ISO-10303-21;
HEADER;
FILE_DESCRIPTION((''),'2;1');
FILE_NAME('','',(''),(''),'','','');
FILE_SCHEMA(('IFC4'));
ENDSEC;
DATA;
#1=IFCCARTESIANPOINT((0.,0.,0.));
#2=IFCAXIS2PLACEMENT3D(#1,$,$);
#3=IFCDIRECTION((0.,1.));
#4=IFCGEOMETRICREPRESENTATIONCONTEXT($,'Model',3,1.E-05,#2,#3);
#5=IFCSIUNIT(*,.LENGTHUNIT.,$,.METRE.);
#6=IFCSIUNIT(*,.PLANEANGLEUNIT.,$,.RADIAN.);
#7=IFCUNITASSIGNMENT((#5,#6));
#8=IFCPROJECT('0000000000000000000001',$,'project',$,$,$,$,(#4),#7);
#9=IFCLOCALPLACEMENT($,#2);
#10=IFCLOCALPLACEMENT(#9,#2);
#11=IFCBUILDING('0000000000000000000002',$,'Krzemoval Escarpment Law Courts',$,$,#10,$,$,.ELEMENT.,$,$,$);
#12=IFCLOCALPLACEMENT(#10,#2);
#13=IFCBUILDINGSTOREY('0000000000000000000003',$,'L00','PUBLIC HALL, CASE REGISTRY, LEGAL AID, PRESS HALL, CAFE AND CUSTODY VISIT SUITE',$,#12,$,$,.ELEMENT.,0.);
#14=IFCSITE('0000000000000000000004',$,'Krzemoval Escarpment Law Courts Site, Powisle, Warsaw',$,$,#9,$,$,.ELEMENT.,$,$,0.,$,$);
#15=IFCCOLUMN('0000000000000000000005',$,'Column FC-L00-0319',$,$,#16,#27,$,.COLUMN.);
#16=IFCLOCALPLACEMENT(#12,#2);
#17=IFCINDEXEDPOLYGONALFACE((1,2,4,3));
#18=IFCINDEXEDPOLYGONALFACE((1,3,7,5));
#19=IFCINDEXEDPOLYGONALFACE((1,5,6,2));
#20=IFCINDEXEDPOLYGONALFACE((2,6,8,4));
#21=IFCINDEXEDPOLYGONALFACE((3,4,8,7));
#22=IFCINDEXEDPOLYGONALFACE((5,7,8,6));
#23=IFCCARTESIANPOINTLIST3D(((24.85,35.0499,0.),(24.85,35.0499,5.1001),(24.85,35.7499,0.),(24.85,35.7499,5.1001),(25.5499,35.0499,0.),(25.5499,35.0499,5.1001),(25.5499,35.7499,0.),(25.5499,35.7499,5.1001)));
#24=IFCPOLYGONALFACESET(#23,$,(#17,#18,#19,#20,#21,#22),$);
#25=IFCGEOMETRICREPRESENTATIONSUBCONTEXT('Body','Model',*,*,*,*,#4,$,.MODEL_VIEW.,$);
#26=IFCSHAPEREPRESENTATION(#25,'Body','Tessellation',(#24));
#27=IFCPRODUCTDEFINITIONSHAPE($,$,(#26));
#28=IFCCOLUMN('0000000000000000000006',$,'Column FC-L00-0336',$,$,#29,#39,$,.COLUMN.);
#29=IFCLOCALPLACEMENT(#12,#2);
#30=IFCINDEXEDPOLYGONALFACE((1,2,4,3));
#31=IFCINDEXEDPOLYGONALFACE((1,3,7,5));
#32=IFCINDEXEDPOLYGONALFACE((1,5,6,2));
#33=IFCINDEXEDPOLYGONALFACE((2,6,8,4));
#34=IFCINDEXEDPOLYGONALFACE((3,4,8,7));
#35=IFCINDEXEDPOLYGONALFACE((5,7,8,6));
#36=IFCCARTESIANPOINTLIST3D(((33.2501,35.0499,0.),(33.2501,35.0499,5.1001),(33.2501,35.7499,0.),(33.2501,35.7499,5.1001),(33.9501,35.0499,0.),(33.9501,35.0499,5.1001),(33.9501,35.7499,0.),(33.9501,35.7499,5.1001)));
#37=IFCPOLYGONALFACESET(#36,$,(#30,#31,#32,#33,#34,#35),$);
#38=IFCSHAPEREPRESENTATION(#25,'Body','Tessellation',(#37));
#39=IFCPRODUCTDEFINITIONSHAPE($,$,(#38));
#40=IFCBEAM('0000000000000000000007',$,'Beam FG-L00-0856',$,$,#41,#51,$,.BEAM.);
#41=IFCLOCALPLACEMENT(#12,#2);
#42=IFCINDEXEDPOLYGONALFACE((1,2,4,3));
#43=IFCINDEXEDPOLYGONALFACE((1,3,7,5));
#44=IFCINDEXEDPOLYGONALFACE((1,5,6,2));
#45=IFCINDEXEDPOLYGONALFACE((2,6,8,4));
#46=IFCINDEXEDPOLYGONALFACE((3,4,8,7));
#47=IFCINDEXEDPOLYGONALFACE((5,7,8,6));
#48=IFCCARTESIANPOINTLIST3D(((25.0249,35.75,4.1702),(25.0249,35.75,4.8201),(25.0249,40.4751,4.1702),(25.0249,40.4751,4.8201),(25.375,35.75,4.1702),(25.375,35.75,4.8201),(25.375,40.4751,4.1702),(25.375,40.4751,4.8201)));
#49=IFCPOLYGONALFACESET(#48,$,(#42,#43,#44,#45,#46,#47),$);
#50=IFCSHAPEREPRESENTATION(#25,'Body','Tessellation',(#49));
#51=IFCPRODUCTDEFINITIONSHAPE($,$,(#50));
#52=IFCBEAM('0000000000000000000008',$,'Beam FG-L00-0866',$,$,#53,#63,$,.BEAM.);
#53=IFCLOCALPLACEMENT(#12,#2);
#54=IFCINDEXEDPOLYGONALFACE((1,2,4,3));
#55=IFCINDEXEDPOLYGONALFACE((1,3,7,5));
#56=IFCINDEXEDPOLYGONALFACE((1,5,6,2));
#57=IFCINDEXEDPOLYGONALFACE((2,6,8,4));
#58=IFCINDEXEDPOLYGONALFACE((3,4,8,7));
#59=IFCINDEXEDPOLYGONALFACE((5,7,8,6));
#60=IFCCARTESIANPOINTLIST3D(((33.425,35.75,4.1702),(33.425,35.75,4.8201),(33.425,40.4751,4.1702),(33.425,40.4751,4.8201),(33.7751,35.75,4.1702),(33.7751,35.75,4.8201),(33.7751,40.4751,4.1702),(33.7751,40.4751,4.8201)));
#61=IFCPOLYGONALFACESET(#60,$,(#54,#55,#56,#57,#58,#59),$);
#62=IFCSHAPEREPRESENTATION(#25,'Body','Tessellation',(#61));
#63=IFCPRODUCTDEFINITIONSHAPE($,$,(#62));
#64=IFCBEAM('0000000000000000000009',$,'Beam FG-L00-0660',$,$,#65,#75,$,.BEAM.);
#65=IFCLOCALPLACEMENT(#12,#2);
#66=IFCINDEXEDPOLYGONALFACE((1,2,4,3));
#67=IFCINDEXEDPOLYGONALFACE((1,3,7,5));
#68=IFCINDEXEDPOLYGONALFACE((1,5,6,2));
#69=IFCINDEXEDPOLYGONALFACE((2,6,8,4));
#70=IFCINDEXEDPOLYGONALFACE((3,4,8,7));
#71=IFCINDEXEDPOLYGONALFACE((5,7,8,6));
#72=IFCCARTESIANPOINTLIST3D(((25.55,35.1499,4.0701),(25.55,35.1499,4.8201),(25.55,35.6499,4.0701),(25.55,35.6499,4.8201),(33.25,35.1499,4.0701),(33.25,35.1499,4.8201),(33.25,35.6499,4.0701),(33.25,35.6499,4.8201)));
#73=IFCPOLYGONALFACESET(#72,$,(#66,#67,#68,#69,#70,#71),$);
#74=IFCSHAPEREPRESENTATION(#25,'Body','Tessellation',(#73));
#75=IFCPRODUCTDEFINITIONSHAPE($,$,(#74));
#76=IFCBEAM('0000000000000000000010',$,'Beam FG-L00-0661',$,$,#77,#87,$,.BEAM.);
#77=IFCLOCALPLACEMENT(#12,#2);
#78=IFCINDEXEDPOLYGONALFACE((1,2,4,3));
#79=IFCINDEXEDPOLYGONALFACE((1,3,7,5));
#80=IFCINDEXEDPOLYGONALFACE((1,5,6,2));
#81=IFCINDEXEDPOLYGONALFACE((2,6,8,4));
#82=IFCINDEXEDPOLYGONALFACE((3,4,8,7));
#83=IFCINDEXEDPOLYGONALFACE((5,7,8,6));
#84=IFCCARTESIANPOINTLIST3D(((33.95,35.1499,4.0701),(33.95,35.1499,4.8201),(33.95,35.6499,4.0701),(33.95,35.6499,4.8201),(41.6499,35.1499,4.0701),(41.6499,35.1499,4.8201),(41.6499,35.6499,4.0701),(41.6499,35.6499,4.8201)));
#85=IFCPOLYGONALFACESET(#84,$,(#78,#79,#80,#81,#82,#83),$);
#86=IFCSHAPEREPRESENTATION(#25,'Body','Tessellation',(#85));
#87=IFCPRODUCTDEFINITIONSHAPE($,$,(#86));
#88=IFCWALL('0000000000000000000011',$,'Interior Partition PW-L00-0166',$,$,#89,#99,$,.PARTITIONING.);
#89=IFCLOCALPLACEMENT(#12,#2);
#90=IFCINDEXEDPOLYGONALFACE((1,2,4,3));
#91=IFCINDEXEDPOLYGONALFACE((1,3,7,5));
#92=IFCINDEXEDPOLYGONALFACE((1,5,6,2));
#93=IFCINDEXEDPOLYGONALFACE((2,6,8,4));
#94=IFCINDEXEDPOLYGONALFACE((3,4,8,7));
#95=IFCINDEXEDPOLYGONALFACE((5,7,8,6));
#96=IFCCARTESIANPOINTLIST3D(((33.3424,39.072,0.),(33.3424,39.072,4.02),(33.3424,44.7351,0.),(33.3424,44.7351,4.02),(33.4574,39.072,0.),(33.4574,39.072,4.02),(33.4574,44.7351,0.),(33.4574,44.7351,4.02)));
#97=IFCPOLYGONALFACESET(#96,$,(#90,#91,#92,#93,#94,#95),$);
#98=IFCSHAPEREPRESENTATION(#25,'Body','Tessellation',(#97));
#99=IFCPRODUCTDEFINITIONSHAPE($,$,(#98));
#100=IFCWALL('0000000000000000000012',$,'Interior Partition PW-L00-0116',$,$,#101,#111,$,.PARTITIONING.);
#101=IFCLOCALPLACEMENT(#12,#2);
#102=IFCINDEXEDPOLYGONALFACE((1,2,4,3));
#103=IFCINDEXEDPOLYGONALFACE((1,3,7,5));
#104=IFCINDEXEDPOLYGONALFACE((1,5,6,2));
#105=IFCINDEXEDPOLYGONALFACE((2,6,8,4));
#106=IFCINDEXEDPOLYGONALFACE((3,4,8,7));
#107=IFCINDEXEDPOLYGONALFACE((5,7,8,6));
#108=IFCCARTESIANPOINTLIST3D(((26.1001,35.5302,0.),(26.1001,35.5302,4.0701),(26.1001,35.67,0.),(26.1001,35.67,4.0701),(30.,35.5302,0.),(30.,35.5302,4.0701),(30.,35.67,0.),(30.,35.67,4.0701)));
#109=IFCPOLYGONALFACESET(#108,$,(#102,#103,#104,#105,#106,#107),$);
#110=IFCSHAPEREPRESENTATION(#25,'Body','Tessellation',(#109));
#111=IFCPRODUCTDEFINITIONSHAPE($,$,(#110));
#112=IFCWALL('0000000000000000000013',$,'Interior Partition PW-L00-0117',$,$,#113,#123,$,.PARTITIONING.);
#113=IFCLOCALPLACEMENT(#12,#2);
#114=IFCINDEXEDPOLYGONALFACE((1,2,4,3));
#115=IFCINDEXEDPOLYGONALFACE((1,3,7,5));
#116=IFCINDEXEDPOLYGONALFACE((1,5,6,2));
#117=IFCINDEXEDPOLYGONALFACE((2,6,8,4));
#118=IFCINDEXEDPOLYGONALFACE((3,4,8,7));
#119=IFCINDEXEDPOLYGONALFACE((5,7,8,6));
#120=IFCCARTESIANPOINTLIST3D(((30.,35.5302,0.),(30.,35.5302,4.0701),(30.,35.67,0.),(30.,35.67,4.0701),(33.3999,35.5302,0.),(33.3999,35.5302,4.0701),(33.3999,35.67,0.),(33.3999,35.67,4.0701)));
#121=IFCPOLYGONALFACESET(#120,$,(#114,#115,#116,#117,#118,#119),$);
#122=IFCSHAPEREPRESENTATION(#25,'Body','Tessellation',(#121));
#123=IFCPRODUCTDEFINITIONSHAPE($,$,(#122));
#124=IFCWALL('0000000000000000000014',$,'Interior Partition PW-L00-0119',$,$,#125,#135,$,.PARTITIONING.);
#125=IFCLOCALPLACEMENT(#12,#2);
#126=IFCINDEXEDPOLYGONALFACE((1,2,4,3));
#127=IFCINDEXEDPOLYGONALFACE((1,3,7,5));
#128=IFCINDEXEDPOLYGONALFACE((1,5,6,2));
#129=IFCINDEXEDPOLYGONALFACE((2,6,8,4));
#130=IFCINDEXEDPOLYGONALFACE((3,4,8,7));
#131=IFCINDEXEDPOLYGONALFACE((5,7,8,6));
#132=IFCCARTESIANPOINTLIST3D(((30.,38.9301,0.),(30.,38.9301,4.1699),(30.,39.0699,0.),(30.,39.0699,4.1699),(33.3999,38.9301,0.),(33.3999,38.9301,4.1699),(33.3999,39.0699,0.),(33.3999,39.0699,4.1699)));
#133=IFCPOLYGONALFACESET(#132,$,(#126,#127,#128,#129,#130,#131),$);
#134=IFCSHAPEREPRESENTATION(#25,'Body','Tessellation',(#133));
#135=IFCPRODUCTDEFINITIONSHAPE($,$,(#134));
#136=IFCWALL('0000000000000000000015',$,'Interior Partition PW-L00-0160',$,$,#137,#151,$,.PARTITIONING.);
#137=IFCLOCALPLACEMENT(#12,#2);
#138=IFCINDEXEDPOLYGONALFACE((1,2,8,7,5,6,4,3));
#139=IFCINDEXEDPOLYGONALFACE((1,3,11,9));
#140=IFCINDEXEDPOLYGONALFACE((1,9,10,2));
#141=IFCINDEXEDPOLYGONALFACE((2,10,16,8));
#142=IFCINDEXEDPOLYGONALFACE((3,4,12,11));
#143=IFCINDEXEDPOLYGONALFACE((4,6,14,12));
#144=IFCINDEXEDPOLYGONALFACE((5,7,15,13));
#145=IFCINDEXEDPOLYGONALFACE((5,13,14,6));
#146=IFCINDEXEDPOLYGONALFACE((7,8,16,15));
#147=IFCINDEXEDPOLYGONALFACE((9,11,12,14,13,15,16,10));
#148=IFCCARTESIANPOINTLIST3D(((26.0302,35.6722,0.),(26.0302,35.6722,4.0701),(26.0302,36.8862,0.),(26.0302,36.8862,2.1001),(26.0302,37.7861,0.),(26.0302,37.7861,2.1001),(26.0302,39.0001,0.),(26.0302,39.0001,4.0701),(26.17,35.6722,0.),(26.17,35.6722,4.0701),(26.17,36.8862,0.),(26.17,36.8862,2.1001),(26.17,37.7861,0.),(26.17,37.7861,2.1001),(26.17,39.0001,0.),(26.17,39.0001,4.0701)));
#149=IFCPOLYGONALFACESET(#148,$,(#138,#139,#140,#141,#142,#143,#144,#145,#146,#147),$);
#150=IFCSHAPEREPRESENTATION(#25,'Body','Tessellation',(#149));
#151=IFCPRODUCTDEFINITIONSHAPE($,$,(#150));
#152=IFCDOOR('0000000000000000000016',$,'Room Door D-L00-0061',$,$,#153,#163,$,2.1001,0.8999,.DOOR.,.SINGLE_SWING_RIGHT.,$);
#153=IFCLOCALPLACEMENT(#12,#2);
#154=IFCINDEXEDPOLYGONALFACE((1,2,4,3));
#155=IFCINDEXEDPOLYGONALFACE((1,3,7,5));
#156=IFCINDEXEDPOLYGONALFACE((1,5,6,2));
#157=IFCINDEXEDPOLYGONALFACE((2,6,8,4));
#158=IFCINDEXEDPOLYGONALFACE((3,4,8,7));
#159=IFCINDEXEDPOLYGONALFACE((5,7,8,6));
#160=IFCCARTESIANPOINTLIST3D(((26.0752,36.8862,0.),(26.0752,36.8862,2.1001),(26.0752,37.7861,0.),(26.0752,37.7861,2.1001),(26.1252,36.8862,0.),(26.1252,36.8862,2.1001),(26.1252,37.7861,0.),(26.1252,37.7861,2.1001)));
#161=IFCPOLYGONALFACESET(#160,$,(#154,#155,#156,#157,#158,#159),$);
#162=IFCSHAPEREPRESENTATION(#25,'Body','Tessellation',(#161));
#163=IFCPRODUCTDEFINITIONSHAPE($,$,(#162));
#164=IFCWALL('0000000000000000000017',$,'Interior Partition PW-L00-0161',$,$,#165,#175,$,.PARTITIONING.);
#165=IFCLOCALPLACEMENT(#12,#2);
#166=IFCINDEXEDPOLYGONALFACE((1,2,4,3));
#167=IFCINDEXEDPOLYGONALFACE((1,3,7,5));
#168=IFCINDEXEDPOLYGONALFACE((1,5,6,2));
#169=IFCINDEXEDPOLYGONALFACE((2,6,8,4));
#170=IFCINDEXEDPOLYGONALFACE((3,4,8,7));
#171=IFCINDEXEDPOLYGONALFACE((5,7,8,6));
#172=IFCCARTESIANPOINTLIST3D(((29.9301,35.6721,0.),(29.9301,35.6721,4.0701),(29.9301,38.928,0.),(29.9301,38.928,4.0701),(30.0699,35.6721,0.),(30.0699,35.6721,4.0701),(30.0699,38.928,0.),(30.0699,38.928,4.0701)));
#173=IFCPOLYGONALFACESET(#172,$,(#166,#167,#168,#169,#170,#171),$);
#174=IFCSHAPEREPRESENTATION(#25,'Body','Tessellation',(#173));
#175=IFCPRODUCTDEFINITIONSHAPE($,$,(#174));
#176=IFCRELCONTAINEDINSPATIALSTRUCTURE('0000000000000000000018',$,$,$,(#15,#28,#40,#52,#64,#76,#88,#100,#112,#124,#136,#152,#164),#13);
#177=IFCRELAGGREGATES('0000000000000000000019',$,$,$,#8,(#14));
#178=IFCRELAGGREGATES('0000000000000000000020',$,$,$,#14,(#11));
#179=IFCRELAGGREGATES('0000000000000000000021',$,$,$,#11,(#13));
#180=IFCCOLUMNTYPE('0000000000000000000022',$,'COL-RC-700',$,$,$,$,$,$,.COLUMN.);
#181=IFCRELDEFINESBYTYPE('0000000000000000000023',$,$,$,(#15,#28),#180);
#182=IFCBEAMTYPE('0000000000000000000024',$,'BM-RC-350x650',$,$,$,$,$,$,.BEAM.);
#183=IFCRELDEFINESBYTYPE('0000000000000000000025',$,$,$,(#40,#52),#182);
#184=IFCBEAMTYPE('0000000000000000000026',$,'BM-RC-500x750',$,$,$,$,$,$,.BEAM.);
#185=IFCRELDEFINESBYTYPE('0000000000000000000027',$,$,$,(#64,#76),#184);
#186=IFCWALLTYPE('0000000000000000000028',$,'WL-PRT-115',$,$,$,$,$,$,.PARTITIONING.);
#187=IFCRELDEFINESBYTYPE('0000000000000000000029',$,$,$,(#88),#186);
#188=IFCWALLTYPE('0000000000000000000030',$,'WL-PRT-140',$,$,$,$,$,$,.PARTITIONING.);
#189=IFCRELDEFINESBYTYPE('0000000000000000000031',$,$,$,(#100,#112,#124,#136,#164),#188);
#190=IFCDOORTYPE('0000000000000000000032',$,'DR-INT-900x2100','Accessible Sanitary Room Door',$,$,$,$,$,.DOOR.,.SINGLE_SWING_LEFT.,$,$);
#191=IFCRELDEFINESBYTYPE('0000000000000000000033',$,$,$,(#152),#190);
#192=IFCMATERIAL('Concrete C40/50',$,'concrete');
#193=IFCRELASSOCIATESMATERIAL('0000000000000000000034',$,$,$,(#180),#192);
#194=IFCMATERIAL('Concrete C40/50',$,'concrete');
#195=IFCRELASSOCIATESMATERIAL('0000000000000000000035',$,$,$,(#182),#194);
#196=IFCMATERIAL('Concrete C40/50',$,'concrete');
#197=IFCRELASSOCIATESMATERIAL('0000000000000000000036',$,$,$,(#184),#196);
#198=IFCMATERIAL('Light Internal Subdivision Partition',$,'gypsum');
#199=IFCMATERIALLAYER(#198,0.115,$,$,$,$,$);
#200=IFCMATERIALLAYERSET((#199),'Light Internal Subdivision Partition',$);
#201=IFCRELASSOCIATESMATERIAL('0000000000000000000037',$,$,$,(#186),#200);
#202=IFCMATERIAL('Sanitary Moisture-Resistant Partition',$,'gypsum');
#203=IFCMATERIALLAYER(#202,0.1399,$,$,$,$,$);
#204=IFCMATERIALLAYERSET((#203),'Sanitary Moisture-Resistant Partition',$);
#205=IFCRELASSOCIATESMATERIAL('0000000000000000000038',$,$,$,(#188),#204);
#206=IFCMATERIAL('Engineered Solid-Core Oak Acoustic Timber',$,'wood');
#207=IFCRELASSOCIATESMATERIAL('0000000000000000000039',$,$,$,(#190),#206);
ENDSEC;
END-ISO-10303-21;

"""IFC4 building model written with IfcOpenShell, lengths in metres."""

from ifc_helpers import new_model, si_unit, direction, frame, frame_2d, origin, origin_2d, place, context, subcontext, project, spatial, rectangle, extrude, material, layer, layer_set, material_profile, profile_set, type_object, element, fill, save


model = new_model("IFC4")

# Units and contexts
model_context = context("Model", 3, precision=1e-05, world=origin(), true_north=direction((0.0, 1.0)))
body_context = subcontext(model_context, "Body", "Model", "MODEL_VIEW")
ifc_project = project(units=[si_unit("LENGTHUNIT", "METRE"), si_unit("PLANEANGLEUNIT", "RADIAN")], contexts=[model_context])

# Site, building, storey
site_placement = place(None, origin())
site = spatial("IfcSite", under=ifc_project, at=site_placement, Name="Krzemoval Escarpment Law Courts Site, Powisle, Warsaw", CompositionType="ELEMENT", RefElevation=0.0)
building_placement = place(site_placement, origin())
building = spatial("IfcBuilding", under=site, at=building_placement, Name="Krzemoval Escarpment Law Courts", CompositionType="ELEMENT")
storey_placement = place(building_placement, origin())
storey = spatial("IfcBuildingStorey", under=building, at=storey_placement, Name="L00", Description="PUBLIC HALL, CASE REGISTRY, LEGAL AID, PRESS HALL, CAFE AND CUSTODY VISIT SUITE", CompositionType="ELEMENT", Elevation=0.0)

# Columns
ifc_material_1 = material(Name="Concrete C40/50", Category="concrete")
ifc_material_profile_1 = material_profile(ifc_material_1, rectangle(XDim=0.7, YDim=0.7, at=origin_2d()), Name="RC 700x700")
ifc_profile_set_1 = profile_set([ifc_material_profile_1], Name="Concrete C40/50")
column_type = type_object("IfcColumnType", Name="COL-RC-700", PredefinedType="COLUMN", material=ifc_profile_set_1)
for number, where, z_axis, x_axis, name in (
    (1, (25.2, 35.3999, 0.0), (0.0, 0.0, 1.0), (1.0, 0.0, 0.0), "Column FC-L00-0319"),
    (2, (33.6001, 35.3999, 0.0), (0.0, 0.0, 1.0), (1.0, 0.0, 0.0), "Column FC-L00-0336"),
):
    element("IfcColumn", number, at=place(storey_placement, frame(where, z_axis=z_axis, x_axis=x_axis)), inside=storey, type_object=column_type, Name=name, PredefinedType="COLUMN", context=body_context, shape_type="SweptSolid", body=[
        extrude(rectangle(XDim=0.7, YDim=0.7, at=origin_2d()), origin(), (0.0, 0.0, 1.0), 5.1001),
    ])

# Beams
ifc_material_2 = material(Name="Concrete C40/50", Category="concrete")
ifc_material_profile_2 = material_profile(ifc_material_2, rectangle(XDim=0.3501, YDim=0.6499, at=origin_2d()), Name="RCB 350x650")
ifc_profile_set_2 = profile_set([ifc_material_profile_2], Name="Concrete C40/50")
beam_type_1 = type_object("IfcBeamType", Name="BM-RC-350x650", PredefinedType="BEAM", material=ifc_profile_set_2)
for number, where, z_axis, x_axis, name in (
    (3, (25.2, 35.75, 4.4951), (0.0, 1.0, 0.0), (-1.0, 0.0, 0.0), "Beam FG-L00-0856"),
    (4, (33.6001, 35.75, 4.4951), (0.0, 1.0, 0.0), (-1.0, 0.0, 0.0), "Beam FG-L00-0866"),
):
    element("IfcBeam", number, at=place(storey_placement, frame(where, z_axis=z_axis, x_axis=x_axis)), inside=storey, type_object=beam_type_1, Name=name, PredefinedType="BEAM", context=body_context, shape_type="SweptSolid", body=[
        extrude(rectangle(XDim=0.3501, YDim=0.6499, at=origin_2d()), origin(), (0.0, 0.0, 1.0), 4.7251),
    ])
ifc_material_3 = material(Name="Concrete C40/50", Category="concrete")
ifc_material_profile_3 = material_profile(ifc_material_3, rectangle(XDim=0.5, YDim=0.75, at=origin_2d()), Name="RCB 500x750")
ifc_profile_set_3 = profile_set([ifc_material_profile_3], Name="Concrete C40/50")
beam_type_2 = type_object("IfcBeamType", Name="BM-RC-500x750", PredefinedType="BEAM", material=ifc_profile_set_3)
for number, where, z_axis, x_axis, name in (
    (5, (25.55, 35.3999, 4.4451), (1.0, 0.0, 0.0), (0.0, 1.0, 0.0), "Beam FG-L00-0660"),
    (6, (33.95, 35.3999, 4.4451), (1.0, 0.0, 0.0), (0.0, 1.0, 0.0), "Beam FG-L00-0661"),
):
    element("IfcBeam", number, at=place(storey_placement, frame(where, z_axis=z_axis, x_axis=x_axis)), inside=storey, type_object=beam_type_2, Name=name, PredefinedType="BEAM", context=body_context, shape_type="SweptSolid", body=[
        extrude(rectangle(XDim=0.5, YDim=0.75, at=origin_2d()), origin(), (0.0, 0.0, 1.0), 7.7),
    ])

# Walls
ifc_material_4 = material(Name="Light Internal Subdivision Partition", Category="gypsum")
ifc_layer_1 = layer(ifc_material_4, 0.115)
ifc_layer_set_1 = layer_set([ifc_layer_1], Name="Light Internal Subdivision Partition")
wall_type_1 = type_object("IfcWallType", Name="WL-PRT-115", PredefinedType="PARTITIONING", material=ifc_layer_set_1)
wall_1_placement = place(storey_placement, frame((33.3999, 39.072, 0.0), z_axis=(0.0, 0.0, 1.0), x_axis=(0.0, 1.0, 0.0)))
element("IfcWall", 7, at=wall_1_placement, inside=storey, type_object=wall_type_1, Name="Interior Partition PW-L00-0166", PredefinedType="PARTITIONING", context=body_context, shape_type="SweptSolid", body=[
    extrude(rectangle(XDim=5.6631, YDim=0.115, at=frame_2d((2.8315, 0.0))), origin(), (0.0, 0.0, 1.0), 4.02),
])
ifc_material_5 = material(Name="Sanitary Moisture-Resistant Partition", Category="gypsum")
ifc_layer_2 = layer(ifc_material_5, 0.1399)
ifc_layer_set_2 = layer_set([ifc_layer_2], Name="Sanitary Moisture-Resistant Partition")
wall_type_2 = type_object("IfcWallType", Name="WL-PRT-140", PredefinedType="PARTITIONING", material=ifc_layer_set_2)
wall_2_placement = place(storey_placement, frame((26.1001, 35.6001, 0.0), z_axis=(0.0, 0.0, 1.0), x_axis=(1.0, 0.0, 0.0)))
element("IfcWall", 8, at=wall_2_placement, inside=storey, type_object=wall_type_2, Name="Interior Partition PW-L00-0116", PredefinedType="PARTITIONING", context=body_context, shape_type="SweptSolid", body=[
    extrude(rectangle(XDim=3.8999, YDim=0.1399, at=frame_2d((1.95, 0.0))), origin(), (0.0, 0.0, 1.0), 4.0701),
])
wall_3_placement = place(storey_placement, frame((30.0, 35.6001, 0.0), z_axis=(0.0, 0.0, 1.0), x_axis=(1.0, 0.0, 0.0)))
element("IfcWall", 9, at=wall_3_placement, inside=storey, type_object=wall_type_2, Name="Interior Partition PW-L00-0117", PredefinedType="PARTITIONING", context=body_context, shape_type="SweptSolid", body=[
    extrude(rectangle(XDim=3.3999, YDim=0.1399, at=frame_2d((1.7, 0.0))), origin(), (0.0, 0.0, 1.0), 4.0701),
])
wall_4_placement = place(storey_placement, frame((30.0, 39.0, 0.0), z_axis=(0.0, 0.0, 1.0), x_axis=(1.0, 0.0, 0.0)))
element("IfcWall", 10, at=wall_4_placement, inside=storey, type_object=wall_type_2, Name="Interior Partition PW-L00-0119", PredefinedType="PARTITIONING", context=body_context, shape_type="SweptSolid", body=[
    extrude(rectangle(XDim=3.3999, YDim=0.1399, at=frame_2d((1.7, 0.0))), origin(), (0.0, 0.0, 1.0), 4.1699),
])

# Wall, opening, door
wall_5_placement = place(storey_placement, frame((26.1001, 35.6721, 0.0), z_axis=(0.0, 0.0, 1.0), x_axis=(0.0, 1.0, 0.0)))
wall_5 = element("IfcWall", 11, at=wall_5_placement, inside=storey, type_object=wall_type_2, Name="Interior Partition PW-L00-0160", PredefinedType="PARTITIONING", context=body_context, shape_type="SweptSolid", body=[
    extrude(rectangle(XDim=3.3279, YDim=0.1399, at=frame_2d((1.6641, 0.0))), origin(), (0.0, 0.0, 1.0), 4.0701),
])
opening_1_placement = place(wall_5_placement, frame((1.2141, 0.0, 0.0)))
opening_1 = element("IfcOpeningElement", 12, at=opening_1_placement, cuts=wall_5, PredefinedType="OPENING", context=body_context, shape_type="SweptSolid", body=[
    extrude(rectangle(XDim=0.8999, YDim=2.1001, at=frame_2d((0.45, 1.05))), frame((0.0, 0.0849, 0.0), z_axis=(0.0, -1.0, 0.0), x_axis=(1.0, 0.0, 0.0)), (0.0, 0.0, 1.0), 0.1699),
])
ifc_material_6 = material(Name="Engineered Solid-Core Oak Acoustic Timber", Category="wood")
door_type = type_object("IfcDoorType", Name="DR-INT-900x2100", Description="Accessible Sanitary Room Door", OperationType="SINGLE_SWING_LEFT", PredefinedType="DOOR", material=ifc_material_6)
door_1_placement = place(opening_1_placement, origin())
door_1 = element("IfcDoor", 13, at=door_1_placement, inside=storey, type_object=door_type, Name="Room Door D-L00-0061", OperationType="SINGLE_SWING_RIGHT", OverallHeight=2.1001, OverallWidth=0.8999, PredefinedType="DOOR", context=body_context, shape_type="SweptSolid", body=[
    extrude(rectangle(XDim=0.8999, YDim=2.1001, at=frame_2d((0.45, 1.05))), frame((0.0, 0.0249, 0.0), z_axis=(0.0, -1.0, 0.0), x_axis=(1.0, 0.0, 0.0)), (0.0, 0.0, 1.0), 0.05),
])
fill(opening_1, door_1)

# Wall
wall_6_placement = place(storey_placement, frame((30.0, 35.6721, 0.0), z_axis=(0.0, 0.0, 1.0), x_axis=(0.0, 1.0, 0.0)))
element("IfcWall", 14, at=wall_6_placement, inside=storey, type_object=wall_type_2, Name="Interior Partition PW-L00-0161", PredefinedType="PARTITIONING", context=body_context, shape_type="SweptSolid", body=[
    extrude(rectangle(XDim=3.2559, YDim=0.1399, at=frame_2d((1.6279, 0.0))), origin(), (0.0, 0.0, 1.0), 4.0701),
])

save(model, "model.ifc")
